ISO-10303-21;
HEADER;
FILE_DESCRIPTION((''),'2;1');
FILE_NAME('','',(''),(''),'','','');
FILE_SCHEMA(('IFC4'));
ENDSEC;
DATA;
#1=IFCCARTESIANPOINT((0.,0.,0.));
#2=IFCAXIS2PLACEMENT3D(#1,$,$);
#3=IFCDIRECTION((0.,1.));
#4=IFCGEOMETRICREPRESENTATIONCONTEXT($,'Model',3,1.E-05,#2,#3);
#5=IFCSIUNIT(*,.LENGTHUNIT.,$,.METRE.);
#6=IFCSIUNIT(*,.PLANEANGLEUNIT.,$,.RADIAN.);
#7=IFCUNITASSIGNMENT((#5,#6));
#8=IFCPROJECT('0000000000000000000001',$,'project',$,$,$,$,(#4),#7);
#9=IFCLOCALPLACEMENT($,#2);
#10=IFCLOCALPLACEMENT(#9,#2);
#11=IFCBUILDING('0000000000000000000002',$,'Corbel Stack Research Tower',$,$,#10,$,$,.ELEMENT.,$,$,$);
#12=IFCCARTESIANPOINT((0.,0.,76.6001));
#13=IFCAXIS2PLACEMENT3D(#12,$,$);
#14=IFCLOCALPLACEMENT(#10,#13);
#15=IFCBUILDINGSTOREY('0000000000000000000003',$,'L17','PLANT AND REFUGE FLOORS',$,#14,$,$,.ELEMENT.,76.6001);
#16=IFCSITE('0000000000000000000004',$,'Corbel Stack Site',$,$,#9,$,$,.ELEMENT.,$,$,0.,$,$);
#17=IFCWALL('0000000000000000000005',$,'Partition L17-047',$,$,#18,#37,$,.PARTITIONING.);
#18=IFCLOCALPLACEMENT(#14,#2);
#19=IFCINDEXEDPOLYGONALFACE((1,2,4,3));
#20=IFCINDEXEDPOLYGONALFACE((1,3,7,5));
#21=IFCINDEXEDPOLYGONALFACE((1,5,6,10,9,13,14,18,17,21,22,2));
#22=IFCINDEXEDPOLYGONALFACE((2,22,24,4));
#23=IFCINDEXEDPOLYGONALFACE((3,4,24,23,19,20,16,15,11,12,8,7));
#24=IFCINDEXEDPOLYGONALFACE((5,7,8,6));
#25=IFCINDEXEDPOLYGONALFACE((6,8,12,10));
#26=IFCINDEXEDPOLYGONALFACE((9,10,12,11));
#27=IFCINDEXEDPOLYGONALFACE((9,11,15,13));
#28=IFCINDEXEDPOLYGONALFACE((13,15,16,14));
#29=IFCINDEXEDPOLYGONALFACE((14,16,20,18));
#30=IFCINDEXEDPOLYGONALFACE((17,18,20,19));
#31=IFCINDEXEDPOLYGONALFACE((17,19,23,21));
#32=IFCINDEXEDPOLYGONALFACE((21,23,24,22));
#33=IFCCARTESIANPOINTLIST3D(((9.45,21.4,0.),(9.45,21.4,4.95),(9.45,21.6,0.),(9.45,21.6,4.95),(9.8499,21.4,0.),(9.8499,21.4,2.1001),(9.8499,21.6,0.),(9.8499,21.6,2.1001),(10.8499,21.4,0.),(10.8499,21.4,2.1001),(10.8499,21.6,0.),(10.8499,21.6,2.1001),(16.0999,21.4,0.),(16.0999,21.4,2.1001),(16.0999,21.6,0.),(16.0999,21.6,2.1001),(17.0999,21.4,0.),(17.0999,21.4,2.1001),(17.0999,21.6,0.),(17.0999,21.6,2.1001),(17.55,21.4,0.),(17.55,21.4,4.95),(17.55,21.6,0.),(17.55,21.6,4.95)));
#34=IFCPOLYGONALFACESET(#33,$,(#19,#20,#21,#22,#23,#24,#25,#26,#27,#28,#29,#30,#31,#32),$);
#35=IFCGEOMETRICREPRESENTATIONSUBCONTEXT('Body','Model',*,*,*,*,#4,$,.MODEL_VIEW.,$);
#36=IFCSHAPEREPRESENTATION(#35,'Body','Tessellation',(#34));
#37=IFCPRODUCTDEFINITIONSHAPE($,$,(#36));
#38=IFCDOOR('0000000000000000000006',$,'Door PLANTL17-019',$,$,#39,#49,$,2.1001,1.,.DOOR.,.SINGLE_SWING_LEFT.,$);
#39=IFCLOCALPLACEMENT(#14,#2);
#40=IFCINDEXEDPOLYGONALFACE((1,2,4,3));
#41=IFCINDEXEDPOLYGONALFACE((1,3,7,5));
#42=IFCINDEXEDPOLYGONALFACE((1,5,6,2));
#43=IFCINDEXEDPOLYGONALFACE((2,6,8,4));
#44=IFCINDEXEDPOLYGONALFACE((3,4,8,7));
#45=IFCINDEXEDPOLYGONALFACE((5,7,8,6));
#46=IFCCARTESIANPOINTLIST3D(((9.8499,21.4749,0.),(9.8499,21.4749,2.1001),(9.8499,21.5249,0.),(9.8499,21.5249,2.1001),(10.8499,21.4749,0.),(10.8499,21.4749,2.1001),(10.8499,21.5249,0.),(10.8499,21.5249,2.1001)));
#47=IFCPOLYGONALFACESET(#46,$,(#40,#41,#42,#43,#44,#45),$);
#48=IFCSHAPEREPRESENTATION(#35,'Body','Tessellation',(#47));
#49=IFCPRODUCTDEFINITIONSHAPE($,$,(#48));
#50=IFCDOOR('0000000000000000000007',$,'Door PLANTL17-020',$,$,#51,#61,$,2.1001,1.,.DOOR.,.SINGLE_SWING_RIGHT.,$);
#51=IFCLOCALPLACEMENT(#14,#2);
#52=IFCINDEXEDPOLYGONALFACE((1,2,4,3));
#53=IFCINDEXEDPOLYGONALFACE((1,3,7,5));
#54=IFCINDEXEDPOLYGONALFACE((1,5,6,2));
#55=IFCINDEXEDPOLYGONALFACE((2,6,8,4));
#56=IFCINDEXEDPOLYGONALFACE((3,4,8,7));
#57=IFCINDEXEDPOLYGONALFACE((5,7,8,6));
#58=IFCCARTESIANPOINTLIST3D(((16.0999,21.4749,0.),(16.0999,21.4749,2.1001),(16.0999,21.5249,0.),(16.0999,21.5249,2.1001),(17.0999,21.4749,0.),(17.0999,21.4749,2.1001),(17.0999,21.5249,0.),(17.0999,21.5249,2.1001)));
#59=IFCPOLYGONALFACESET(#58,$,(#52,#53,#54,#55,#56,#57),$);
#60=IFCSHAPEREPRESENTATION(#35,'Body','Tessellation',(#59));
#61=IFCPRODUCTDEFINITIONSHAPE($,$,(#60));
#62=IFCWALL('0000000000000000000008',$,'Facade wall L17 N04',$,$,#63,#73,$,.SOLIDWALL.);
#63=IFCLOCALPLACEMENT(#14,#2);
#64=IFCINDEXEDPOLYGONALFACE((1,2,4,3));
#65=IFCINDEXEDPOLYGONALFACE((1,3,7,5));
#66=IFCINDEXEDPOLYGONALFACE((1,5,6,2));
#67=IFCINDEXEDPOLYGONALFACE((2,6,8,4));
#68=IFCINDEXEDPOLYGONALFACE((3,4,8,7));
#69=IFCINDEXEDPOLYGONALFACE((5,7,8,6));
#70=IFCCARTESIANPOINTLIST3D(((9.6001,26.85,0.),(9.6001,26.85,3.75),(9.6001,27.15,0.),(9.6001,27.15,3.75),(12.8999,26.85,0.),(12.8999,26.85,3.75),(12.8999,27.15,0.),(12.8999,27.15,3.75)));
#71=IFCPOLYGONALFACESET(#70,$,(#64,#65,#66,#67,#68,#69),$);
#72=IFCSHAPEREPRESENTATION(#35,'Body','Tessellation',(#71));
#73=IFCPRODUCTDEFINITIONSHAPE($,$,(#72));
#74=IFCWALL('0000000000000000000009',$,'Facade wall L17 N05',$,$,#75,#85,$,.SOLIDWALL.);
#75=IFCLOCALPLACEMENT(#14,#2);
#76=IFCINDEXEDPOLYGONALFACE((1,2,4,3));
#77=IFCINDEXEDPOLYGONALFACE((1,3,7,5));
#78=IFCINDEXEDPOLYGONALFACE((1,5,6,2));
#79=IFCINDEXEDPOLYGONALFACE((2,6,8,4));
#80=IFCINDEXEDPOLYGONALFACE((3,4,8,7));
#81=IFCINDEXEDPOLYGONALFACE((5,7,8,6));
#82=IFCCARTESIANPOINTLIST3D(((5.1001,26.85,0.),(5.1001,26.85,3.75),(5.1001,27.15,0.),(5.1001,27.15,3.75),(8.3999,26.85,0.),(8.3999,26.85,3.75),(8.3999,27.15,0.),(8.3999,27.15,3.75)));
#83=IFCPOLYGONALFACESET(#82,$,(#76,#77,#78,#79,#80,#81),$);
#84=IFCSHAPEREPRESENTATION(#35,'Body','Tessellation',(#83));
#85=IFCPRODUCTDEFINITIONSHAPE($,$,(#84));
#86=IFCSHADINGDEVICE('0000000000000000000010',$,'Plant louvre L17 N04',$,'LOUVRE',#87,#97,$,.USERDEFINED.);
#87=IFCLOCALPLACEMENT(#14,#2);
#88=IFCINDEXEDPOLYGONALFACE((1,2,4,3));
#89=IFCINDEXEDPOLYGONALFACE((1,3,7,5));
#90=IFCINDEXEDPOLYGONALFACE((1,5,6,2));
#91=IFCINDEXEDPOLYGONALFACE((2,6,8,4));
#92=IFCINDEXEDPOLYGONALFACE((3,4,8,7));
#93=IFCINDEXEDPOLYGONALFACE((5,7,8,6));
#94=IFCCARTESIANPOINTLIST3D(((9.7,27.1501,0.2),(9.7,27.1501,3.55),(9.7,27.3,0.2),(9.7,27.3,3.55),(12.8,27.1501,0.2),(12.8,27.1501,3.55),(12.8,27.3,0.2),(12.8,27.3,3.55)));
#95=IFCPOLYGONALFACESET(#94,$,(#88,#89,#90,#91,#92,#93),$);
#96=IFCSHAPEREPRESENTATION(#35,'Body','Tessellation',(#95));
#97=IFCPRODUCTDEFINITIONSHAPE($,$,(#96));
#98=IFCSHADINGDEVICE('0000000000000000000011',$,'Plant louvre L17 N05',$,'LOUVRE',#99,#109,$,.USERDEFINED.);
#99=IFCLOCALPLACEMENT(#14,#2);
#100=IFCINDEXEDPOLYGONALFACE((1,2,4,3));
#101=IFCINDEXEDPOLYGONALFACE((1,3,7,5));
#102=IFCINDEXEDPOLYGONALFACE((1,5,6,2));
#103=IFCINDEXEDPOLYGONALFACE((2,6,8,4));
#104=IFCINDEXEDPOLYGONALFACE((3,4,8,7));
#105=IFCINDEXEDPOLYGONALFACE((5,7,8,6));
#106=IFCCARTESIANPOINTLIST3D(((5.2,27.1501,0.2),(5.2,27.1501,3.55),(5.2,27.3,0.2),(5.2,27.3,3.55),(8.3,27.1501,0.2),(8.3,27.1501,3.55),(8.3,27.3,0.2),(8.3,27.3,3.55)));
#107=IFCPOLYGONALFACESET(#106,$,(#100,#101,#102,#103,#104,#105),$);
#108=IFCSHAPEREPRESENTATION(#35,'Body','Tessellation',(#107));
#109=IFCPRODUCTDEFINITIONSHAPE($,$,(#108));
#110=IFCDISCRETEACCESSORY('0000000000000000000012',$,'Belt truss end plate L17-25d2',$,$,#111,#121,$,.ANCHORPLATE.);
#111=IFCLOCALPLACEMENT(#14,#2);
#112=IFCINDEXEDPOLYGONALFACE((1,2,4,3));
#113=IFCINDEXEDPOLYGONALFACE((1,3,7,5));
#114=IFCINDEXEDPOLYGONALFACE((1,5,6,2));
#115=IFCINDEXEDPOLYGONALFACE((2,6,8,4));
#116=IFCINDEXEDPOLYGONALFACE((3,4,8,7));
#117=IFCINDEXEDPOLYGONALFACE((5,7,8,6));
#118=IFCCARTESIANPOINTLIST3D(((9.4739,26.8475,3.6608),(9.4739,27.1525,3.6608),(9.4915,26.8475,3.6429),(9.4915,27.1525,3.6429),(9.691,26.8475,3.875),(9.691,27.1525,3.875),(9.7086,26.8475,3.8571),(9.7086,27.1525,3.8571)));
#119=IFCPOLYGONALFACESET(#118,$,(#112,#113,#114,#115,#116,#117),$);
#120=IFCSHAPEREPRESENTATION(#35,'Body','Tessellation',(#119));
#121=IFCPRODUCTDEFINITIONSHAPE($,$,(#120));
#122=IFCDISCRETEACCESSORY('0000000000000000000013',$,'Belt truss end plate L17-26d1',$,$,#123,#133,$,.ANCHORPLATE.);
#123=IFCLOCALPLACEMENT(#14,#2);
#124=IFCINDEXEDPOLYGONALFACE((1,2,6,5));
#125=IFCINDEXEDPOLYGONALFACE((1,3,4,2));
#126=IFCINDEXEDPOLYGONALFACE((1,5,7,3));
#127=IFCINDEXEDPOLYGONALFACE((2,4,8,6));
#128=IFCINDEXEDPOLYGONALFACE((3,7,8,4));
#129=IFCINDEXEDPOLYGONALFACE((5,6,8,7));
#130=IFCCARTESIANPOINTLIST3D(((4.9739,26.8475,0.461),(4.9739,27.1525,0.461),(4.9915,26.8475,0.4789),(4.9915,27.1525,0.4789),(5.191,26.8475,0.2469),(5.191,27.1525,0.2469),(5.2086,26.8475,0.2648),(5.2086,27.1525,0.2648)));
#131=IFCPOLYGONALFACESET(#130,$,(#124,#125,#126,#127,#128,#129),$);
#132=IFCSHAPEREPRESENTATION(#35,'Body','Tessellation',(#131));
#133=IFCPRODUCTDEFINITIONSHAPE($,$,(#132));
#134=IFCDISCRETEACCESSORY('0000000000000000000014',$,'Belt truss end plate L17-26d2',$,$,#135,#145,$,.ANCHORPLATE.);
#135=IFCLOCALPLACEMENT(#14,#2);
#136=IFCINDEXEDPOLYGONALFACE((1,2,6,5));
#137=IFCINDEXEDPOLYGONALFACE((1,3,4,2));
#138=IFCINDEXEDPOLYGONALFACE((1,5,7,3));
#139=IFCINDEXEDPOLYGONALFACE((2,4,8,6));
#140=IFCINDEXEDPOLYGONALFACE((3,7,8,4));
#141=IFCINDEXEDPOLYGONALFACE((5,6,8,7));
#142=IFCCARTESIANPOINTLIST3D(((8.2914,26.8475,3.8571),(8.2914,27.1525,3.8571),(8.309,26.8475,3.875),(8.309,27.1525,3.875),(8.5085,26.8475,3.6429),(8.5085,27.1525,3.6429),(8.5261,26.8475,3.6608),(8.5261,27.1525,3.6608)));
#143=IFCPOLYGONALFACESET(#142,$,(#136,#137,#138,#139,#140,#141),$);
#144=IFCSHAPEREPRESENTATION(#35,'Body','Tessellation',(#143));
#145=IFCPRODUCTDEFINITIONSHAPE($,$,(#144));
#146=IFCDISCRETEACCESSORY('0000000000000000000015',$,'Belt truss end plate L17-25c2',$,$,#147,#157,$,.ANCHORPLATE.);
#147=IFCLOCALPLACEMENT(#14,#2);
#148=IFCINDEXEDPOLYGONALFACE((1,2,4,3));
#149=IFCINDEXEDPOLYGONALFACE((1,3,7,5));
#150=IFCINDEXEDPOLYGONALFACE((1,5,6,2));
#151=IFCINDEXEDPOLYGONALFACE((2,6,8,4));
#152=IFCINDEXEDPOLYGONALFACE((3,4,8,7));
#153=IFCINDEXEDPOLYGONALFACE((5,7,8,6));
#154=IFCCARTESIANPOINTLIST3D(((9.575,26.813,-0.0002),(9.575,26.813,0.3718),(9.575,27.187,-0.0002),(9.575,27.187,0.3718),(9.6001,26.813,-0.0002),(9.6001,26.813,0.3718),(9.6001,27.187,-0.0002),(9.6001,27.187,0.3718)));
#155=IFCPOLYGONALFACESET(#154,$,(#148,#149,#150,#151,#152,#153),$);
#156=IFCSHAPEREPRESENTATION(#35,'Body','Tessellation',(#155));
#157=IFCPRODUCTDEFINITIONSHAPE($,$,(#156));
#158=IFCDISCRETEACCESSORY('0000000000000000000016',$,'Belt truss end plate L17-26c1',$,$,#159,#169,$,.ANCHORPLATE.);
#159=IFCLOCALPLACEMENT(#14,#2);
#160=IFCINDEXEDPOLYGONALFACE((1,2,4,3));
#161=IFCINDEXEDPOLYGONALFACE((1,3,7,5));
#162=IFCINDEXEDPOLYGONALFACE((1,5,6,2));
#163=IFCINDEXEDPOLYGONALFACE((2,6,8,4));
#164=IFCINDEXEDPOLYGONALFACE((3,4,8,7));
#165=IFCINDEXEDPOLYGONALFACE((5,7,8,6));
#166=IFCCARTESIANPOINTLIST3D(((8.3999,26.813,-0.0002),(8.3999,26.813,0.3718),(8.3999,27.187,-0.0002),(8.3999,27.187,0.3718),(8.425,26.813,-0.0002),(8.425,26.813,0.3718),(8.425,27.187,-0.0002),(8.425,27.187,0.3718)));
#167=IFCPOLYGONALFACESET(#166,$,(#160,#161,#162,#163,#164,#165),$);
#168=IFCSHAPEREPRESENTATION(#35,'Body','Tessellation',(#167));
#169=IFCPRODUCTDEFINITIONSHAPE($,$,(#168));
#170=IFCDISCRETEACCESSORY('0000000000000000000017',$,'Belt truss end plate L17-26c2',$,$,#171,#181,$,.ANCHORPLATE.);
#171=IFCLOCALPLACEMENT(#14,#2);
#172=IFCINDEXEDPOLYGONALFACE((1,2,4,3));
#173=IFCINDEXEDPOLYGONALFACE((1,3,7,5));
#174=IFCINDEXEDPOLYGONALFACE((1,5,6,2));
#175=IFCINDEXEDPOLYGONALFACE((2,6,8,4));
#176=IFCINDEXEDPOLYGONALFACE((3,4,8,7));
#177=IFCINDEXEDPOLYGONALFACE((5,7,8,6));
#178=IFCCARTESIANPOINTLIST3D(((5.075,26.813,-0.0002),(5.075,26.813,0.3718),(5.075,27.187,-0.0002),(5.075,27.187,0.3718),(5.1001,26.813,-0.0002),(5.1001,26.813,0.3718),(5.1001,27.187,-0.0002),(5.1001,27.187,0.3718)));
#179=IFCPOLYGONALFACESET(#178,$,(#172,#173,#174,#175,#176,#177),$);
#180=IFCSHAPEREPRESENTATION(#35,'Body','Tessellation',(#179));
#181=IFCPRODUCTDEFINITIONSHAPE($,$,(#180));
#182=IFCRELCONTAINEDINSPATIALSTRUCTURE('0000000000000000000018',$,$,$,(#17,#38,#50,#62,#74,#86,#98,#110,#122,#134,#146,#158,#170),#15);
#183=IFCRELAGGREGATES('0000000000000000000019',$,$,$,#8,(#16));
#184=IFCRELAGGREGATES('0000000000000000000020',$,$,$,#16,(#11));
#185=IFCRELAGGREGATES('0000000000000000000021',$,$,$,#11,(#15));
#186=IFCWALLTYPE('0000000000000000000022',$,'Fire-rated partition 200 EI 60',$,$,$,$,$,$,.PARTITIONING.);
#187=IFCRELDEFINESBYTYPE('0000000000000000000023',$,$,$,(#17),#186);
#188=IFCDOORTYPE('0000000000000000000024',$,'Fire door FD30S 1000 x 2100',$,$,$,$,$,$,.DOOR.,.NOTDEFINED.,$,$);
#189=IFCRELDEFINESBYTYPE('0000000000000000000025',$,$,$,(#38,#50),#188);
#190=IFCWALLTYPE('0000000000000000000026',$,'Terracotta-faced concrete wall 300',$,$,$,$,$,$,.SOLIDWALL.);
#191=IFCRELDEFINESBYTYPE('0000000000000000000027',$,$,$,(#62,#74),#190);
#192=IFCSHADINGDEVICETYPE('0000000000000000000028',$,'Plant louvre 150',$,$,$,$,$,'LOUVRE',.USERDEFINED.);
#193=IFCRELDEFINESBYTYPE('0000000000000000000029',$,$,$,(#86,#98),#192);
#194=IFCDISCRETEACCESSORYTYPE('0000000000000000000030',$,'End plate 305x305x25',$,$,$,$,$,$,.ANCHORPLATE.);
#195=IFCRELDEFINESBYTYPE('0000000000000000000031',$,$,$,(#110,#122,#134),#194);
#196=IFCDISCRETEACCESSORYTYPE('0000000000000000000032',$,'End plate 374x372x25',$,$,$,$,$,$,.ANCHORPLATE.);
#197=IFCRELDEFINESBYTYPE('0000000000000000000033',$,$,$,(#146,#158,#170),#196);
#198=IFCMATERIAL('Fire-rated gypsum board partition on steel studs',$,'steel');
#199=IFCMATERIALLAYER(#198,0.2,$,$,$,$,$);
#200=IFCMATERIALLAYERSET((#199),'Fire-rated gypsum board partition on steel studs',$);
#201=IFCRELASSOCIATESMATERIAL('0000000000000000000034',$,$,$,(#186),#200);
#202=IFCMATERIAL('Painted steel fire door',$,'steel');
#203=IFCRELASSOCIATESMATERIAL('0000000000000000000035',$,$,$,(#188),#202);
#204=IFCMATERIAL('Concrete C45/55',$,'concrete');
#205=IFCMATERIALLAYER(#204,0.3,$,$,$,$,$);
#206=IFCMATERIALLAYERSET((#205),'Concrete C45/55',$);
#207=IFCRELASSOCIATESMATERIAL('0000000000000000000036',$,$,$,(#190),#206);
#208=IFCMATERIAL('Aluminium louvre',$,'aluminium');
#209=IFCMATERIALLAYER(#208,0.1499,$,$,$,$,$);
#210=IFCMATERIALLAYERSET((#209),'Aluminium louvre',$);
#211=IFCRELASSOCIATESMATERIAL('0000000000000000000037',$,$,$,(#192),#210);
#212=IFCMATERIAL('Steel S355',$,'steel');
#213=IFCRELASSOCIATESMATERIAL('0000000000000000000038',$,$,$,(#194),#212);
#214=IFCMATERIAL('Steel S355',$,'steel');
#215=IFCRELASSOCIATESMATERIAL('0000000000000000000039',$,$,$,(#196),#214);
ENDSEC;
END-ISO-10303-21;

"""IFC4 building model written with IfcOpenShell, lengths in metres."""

from ifc_helpers import new_model, si_unit, direction, frame, frame_2d, origin, origin_2d, place, context, subcontext, project, spatial, rectangle, extrude, material, layer, layer_set, material_profile, profile_set, type_object, element, fill, save


model = new_model("IFC4")

# Units and contexts
model_context = context("Model", 3, precision=1e-05, world=origin(), true_north=direction((0.0, 1.0)))
body_context = subcontext(model_context, "Body", "Model", "MODEL_VIEW")
ifc_project = project(units=[si_unit("LENGTHUNIT", "METRE"), si_unit("PLANEANGLEUNIT", "RADIAN")], contexts=[model_context])

# Site, building, storey
site_placement = place(None, origin())
site = spatial("IfcSite", under=ifc_project, at=site_placement, Name="Corbel Stack Site", CompositionType="ELEMENT", RefElevation=0.0)
building_placement = place(site_placement, origin())
building = spatial("IfcBuilding", under=site, at=building_placement, Name="Corbel Stack Research Tower", CompositionType="ELEMENT")
storey_placement = place(building_placement, frame((0.0, 0.0, 76.6001)))
storey = spatial("IfcBuildingStorey", under=building, at=storey_placement, Name="L17", Description="PLANT AND REFUGE FLOORS", CompositionType="ELEMENT", Elevation=76.6001)

# Shared definitions
ifc_material_1 = material(Name="Fire-rated gypsum board partition on steel studs", Category="steel")
ifc_layer_1 = layer(ifc_material_1, 0.2)
ifc_layer_set_1 = layer_set([ifc_layer_1], Name="Fire-rated gypsum board partition on steel studs")
wall_type_1 = type_object("IfcWallType", Name="Fire-rated partition 200 EI 60", PredefinedType="PARTITIONING", material=ifc_layer_set_1)

# Wall, openings, doors
wall_1_placement = place(storey_placement, frame((9.45, 21.5, 0.0), z_axis=(0.0, 0.0, 1.0), x_axis=(1.0, 0.0, 0.0)))
wall_1 = element("IfcWall", 1, at=wall_1_placement, inside=storey, type_object=wall_type_1, Name="Partition L17-047", PredefinedType="PARTITIONING", context=body_context, shape_type="SweptSolid", body=[
    extrude(rectangle(XDim=8.1001, YDim=0.2, at=frame_2d((4.05, 0.0))), origin(), (0.0, 0.0, 1.0), 4.95),
])
opening_1_placement = place(wall_1_placement, frame((0.3999, 0.0, 0.0)))
opening_1 = element("IfcOpeningElement", 2, at=opening_1_placement, cuts=wall_1, PredefinedType="OPENING", context=body_context, shape_type="SweptSolid", body=[
    extrude(rectangle(XDim=1.0, YDim=2.1001, at=frame_2d((0.5, 1.05))), frame((0.0, 0.1099, 0.0), z_axis=(0.0, -1.0, 0.0), x_axis=(1.0, 0.0, 0.0)), (0.0, 0.0, 1.0), 0.22),
])
opening_2_placement = place(wall_1_placement, frame((6.6499, 0.0, 0.0)))
opening_2 = element("IfcOpeningElement", 3, at=opening_2_placement, cuts=wall_1, PredefinedType="OPENING", context=body_context, shape_type="SweptSolid", body=[
    extrude(rectangle(XDim=1.0, YDim=2.1001, at=frame_2d((0.5, 1.05))), frame((0.0, 0.1099, 0.0), z_axis=(0.0, -1.0, 0.0), x_axis=(1.0, 0.0, 0.0)), (0.0, 0.0, 1.0), 0.22),
])
ifc_material_2 = material(Name="Painted steel fire door", Category="steel")
door_type = type_object("IfcDoorType", Name="Fire door FD30S 1000 x 2100", OperationType="NOTDEFINED", PredefinedType="DOOR", material=ifc_material_2)
door_1_placement = place(opening_1_placement, origin())
door_1 = element("IfcDoor", 4, at=door_1_placement, inside=storey, type_object=door_type, Name="Door PLANTL17-019", OperationType="SINGLE_SWING_LEFT", OverallHeight=2.1001, OverallWidth=1.0, PredefinedType="DOOR", context=body_context, shape_type="SweptSolid", body=[
    extrude(rectangle(XDim=1.0, YDim=2.1001, at=frame_2d((0.5, 1.05))), frame((0.0, 0.0249, 0.0), z_axis=(0.0, -1.0, 0.0), x_axis=(1.0, 0.0, 0.0)), (0.0, 0.0, 1.0), 0.05),
])
fill(opening_1, door_1)
door_2_placement = place(opening_2_placement, origin())
door_2 = element("IfcDoor", 5, at=door_2_placement, inside=storey, type_object=door_type, Name="Door PLANTL17-020", OperationType="SINGLE_SWING_RIGHT", OverallHeight=2.1001, OverallWidth=1.0, PredefinedType="DOOR", context=body_context, shape_type="SweptSolid", body=[
    extrude(rectangle(XDim=1.0, YDim=2.1001, at=frame_2d((0.5, 1.05))), frame((0.0, 0.0249, 0.0), z_axis=(0.0, -1.0, 0.0), x_axis=(1.0, 0.0, 0.0)), (0.0, 0.0, 1.0), 0.05),
])
fill(opening_2, door_2)

# Walls
ifc_material_3 = material(Name="Concrete C45/55", Category="concrete")
ifc_layer_2 = layer(ifc_material_3, 0.3)
ifc_layer_set_2 = layer_set([ifc_layer_2], Name="Concrete C45/55")
wall_type_2 = type_object("IfcWallType", Name="Terracotta-faced concrete wall 300", PredefinedType="SOLIDWALL", material=ifc_layer_set_2)
for number, where, z_axis, x_axis, name in (
    (6, (9.6001, 27.0, 0.0), (0.0, 0.0, 1.0), (1.0, 0.0, 0.0), "Facade wall L17 N04"),
    (7, (5.1001, 27.0, 0.0), (0.0, 0.0, 1.0), (1.0, 0.0, 0.0), "Facade wall L17 N05"),
):
    element("IfcWall", number, at=place(storey_placement, frame(where, z_axis=z_axis, x_axis=x_axis)), inside=storey, type_object=wall_type_2, Name=name, PredefinedType="SOLIDWALL", context=body_context, shape_type="SweptSolid", body=[
        extrude(rectangle(XDim=3.2998, YDim=0.3, at=frame_2d((1.6499, 0.0))), origin(), (0.0, 0.0, 1.0), 3.75),
    ])

# Shading devices
ifc_material_4 = material(Name="Aluminium louvre", Category="aluminium")
ifc_layer_3 = layer(ifc_material_4, 0.1499)
ifc_layer_set_3 = layer_set([ifc_layer_3], Name="Aluminium louvre")
shading_device_type = type_object("IfcShadingDeviceType", Name="Plant louvre 150", ElementType="LOUVRE", PredefinedType="USERDEFINED", material=ifc_layer_set_3)
for number, where, z_axis, x_axis, name in (
    (8, (11.25, 27.2251, 0.2), (0.0, 0.0, 1.0), (-1.0, 0.0, 0.0), "Plant louvre L17 N04"),
    (9, (6.75, 27.2251, 0.2), (0.0, 0.0, 1.0), (-1.0, 0.0, 0.0), "Plant louvre L17 N05"),
):
    element("IfcShadingDevice", number, at=place(storey_placement, frame(where, z_axis=z_axis, x_axis=x_axis)), inside=storey, type_object=shading_device_type, Name=name, ObjectType="LOUVRE", PredefinedType="USERDEFINED", context=body_context, shape_type="SweptSolid", body=[
        extrude(rectangle(XDim=3.1001, YDim=0.1499, at=origin_2d()), origin(), (0.0, 0.0, 1.0), 3.3501),
    ])

# Discrete accessories
ifc_material_5 = material(Name="Steel S355", Category="steel")
ifc_material_profile_1 = material_profile(ifc_material_5, rectangle(XDim=0.3049, YDim=0.3049, at=origin_2d()), Name="End plate 305x305x25")
ifc_profile_set_1 = profile_set([ifc_material_profile_1], Name="Steel S355")
discrete_accessory_type_1 = type_object("IfcDiscreteAccessoryType", Name="End plate 305x305x25", PredefinedType="ANCHORPLATE", material=ifc_profile_set_1)
for number, where, z_axis, x_axis, name in (
    (10, (9.6001, 27.0, 3.75), (-0.702213, 0.0, 0.711966), (0.0, -1.0, 0.0), "Belt truss end plate L17-25d2"),
    (11, (5.1001, 27.0, 0.3718), (-0.702213, 0.0, -0.711966), (0.0, -1.0, 0.0), "Belt truss end plate L17-26d1"),
    (12, (8.3999, 27.0, 3.75), (0.702213, 0.0, 0.711966), (0.0, 1.0, 0.0), "Belt truss end plate L17-26d2"),
):
    element("IfcDiscreteAccessory", number, at=place(storey_placement, frame(where, z_axis=z_axis, x_axis=x_axis)), inside=storey, type_object=discrete_accessory_type_1, Name=name, PredefinedType="ANCHORPLATE", context=body_context, shape_type="SweptSolid", body=[
        extrude(rectangle(XDim=0.3049, YDim=0.3049, at=origin_2d()), origin(), (0.0, 0.0, 1.0), 0.0251),
    ])
ifc_material_6 = material(Name="Steel S355", Category="steel")
ifc_material_profile_2 = material_profile(ifc_material_6, rectangle(XDim=0.374, YDim=0.3721, at=origin_2d()), Name="End plate 374x372x25")
ifc_profile_set_2 = profile_set([ifc_material_profile_2], Name="Steel S355")
discrete_accessory_type_2 = type_object("IfcDiscreteAccessoryType", Name="End plate 374x372x25", PredefinedType="ANCHORPLATE", material=ifc_profile_set_2)
for number, where, z_axis, x_axis, name in (
    (13, (9.6001, 27.0, 0.1858), (-1.0, 0.0, 0.0), (0.0, -1.0, 0.0), "Belt truss end plate L17-25c2"),
    (14, (8.3999, 27.0, 0.1858), (1.0, 0.0, 0.0), (0.0, 1.0, 0.0), "Belt truss end plate L17-26c1"),
    (15, (5.1001, 27.0, 0.1858), (-1.0, 0.0, 0.0), (0.0, -1.0, 0.0), "Belt truss end plate L17-26c2"),
):
    element("IfcDiscreteAccessory", number, at=place(storey_placement, frame(where, z_axis=z_axis, x_axis=x_axis)), inside=storey, type_object=discrete_accessory_type_2, Name=name, PredefinedType="ANCHORPLATE", context=body_context, shape_type="SweptSolid", body=[
        extrude(rectangle(XDim=0.374, YDim=0.3721, at=origin_2d()), origin(), (0.0, 0.0, 1.0), 0.0251),
    ])

save(model, "model.ifc")
